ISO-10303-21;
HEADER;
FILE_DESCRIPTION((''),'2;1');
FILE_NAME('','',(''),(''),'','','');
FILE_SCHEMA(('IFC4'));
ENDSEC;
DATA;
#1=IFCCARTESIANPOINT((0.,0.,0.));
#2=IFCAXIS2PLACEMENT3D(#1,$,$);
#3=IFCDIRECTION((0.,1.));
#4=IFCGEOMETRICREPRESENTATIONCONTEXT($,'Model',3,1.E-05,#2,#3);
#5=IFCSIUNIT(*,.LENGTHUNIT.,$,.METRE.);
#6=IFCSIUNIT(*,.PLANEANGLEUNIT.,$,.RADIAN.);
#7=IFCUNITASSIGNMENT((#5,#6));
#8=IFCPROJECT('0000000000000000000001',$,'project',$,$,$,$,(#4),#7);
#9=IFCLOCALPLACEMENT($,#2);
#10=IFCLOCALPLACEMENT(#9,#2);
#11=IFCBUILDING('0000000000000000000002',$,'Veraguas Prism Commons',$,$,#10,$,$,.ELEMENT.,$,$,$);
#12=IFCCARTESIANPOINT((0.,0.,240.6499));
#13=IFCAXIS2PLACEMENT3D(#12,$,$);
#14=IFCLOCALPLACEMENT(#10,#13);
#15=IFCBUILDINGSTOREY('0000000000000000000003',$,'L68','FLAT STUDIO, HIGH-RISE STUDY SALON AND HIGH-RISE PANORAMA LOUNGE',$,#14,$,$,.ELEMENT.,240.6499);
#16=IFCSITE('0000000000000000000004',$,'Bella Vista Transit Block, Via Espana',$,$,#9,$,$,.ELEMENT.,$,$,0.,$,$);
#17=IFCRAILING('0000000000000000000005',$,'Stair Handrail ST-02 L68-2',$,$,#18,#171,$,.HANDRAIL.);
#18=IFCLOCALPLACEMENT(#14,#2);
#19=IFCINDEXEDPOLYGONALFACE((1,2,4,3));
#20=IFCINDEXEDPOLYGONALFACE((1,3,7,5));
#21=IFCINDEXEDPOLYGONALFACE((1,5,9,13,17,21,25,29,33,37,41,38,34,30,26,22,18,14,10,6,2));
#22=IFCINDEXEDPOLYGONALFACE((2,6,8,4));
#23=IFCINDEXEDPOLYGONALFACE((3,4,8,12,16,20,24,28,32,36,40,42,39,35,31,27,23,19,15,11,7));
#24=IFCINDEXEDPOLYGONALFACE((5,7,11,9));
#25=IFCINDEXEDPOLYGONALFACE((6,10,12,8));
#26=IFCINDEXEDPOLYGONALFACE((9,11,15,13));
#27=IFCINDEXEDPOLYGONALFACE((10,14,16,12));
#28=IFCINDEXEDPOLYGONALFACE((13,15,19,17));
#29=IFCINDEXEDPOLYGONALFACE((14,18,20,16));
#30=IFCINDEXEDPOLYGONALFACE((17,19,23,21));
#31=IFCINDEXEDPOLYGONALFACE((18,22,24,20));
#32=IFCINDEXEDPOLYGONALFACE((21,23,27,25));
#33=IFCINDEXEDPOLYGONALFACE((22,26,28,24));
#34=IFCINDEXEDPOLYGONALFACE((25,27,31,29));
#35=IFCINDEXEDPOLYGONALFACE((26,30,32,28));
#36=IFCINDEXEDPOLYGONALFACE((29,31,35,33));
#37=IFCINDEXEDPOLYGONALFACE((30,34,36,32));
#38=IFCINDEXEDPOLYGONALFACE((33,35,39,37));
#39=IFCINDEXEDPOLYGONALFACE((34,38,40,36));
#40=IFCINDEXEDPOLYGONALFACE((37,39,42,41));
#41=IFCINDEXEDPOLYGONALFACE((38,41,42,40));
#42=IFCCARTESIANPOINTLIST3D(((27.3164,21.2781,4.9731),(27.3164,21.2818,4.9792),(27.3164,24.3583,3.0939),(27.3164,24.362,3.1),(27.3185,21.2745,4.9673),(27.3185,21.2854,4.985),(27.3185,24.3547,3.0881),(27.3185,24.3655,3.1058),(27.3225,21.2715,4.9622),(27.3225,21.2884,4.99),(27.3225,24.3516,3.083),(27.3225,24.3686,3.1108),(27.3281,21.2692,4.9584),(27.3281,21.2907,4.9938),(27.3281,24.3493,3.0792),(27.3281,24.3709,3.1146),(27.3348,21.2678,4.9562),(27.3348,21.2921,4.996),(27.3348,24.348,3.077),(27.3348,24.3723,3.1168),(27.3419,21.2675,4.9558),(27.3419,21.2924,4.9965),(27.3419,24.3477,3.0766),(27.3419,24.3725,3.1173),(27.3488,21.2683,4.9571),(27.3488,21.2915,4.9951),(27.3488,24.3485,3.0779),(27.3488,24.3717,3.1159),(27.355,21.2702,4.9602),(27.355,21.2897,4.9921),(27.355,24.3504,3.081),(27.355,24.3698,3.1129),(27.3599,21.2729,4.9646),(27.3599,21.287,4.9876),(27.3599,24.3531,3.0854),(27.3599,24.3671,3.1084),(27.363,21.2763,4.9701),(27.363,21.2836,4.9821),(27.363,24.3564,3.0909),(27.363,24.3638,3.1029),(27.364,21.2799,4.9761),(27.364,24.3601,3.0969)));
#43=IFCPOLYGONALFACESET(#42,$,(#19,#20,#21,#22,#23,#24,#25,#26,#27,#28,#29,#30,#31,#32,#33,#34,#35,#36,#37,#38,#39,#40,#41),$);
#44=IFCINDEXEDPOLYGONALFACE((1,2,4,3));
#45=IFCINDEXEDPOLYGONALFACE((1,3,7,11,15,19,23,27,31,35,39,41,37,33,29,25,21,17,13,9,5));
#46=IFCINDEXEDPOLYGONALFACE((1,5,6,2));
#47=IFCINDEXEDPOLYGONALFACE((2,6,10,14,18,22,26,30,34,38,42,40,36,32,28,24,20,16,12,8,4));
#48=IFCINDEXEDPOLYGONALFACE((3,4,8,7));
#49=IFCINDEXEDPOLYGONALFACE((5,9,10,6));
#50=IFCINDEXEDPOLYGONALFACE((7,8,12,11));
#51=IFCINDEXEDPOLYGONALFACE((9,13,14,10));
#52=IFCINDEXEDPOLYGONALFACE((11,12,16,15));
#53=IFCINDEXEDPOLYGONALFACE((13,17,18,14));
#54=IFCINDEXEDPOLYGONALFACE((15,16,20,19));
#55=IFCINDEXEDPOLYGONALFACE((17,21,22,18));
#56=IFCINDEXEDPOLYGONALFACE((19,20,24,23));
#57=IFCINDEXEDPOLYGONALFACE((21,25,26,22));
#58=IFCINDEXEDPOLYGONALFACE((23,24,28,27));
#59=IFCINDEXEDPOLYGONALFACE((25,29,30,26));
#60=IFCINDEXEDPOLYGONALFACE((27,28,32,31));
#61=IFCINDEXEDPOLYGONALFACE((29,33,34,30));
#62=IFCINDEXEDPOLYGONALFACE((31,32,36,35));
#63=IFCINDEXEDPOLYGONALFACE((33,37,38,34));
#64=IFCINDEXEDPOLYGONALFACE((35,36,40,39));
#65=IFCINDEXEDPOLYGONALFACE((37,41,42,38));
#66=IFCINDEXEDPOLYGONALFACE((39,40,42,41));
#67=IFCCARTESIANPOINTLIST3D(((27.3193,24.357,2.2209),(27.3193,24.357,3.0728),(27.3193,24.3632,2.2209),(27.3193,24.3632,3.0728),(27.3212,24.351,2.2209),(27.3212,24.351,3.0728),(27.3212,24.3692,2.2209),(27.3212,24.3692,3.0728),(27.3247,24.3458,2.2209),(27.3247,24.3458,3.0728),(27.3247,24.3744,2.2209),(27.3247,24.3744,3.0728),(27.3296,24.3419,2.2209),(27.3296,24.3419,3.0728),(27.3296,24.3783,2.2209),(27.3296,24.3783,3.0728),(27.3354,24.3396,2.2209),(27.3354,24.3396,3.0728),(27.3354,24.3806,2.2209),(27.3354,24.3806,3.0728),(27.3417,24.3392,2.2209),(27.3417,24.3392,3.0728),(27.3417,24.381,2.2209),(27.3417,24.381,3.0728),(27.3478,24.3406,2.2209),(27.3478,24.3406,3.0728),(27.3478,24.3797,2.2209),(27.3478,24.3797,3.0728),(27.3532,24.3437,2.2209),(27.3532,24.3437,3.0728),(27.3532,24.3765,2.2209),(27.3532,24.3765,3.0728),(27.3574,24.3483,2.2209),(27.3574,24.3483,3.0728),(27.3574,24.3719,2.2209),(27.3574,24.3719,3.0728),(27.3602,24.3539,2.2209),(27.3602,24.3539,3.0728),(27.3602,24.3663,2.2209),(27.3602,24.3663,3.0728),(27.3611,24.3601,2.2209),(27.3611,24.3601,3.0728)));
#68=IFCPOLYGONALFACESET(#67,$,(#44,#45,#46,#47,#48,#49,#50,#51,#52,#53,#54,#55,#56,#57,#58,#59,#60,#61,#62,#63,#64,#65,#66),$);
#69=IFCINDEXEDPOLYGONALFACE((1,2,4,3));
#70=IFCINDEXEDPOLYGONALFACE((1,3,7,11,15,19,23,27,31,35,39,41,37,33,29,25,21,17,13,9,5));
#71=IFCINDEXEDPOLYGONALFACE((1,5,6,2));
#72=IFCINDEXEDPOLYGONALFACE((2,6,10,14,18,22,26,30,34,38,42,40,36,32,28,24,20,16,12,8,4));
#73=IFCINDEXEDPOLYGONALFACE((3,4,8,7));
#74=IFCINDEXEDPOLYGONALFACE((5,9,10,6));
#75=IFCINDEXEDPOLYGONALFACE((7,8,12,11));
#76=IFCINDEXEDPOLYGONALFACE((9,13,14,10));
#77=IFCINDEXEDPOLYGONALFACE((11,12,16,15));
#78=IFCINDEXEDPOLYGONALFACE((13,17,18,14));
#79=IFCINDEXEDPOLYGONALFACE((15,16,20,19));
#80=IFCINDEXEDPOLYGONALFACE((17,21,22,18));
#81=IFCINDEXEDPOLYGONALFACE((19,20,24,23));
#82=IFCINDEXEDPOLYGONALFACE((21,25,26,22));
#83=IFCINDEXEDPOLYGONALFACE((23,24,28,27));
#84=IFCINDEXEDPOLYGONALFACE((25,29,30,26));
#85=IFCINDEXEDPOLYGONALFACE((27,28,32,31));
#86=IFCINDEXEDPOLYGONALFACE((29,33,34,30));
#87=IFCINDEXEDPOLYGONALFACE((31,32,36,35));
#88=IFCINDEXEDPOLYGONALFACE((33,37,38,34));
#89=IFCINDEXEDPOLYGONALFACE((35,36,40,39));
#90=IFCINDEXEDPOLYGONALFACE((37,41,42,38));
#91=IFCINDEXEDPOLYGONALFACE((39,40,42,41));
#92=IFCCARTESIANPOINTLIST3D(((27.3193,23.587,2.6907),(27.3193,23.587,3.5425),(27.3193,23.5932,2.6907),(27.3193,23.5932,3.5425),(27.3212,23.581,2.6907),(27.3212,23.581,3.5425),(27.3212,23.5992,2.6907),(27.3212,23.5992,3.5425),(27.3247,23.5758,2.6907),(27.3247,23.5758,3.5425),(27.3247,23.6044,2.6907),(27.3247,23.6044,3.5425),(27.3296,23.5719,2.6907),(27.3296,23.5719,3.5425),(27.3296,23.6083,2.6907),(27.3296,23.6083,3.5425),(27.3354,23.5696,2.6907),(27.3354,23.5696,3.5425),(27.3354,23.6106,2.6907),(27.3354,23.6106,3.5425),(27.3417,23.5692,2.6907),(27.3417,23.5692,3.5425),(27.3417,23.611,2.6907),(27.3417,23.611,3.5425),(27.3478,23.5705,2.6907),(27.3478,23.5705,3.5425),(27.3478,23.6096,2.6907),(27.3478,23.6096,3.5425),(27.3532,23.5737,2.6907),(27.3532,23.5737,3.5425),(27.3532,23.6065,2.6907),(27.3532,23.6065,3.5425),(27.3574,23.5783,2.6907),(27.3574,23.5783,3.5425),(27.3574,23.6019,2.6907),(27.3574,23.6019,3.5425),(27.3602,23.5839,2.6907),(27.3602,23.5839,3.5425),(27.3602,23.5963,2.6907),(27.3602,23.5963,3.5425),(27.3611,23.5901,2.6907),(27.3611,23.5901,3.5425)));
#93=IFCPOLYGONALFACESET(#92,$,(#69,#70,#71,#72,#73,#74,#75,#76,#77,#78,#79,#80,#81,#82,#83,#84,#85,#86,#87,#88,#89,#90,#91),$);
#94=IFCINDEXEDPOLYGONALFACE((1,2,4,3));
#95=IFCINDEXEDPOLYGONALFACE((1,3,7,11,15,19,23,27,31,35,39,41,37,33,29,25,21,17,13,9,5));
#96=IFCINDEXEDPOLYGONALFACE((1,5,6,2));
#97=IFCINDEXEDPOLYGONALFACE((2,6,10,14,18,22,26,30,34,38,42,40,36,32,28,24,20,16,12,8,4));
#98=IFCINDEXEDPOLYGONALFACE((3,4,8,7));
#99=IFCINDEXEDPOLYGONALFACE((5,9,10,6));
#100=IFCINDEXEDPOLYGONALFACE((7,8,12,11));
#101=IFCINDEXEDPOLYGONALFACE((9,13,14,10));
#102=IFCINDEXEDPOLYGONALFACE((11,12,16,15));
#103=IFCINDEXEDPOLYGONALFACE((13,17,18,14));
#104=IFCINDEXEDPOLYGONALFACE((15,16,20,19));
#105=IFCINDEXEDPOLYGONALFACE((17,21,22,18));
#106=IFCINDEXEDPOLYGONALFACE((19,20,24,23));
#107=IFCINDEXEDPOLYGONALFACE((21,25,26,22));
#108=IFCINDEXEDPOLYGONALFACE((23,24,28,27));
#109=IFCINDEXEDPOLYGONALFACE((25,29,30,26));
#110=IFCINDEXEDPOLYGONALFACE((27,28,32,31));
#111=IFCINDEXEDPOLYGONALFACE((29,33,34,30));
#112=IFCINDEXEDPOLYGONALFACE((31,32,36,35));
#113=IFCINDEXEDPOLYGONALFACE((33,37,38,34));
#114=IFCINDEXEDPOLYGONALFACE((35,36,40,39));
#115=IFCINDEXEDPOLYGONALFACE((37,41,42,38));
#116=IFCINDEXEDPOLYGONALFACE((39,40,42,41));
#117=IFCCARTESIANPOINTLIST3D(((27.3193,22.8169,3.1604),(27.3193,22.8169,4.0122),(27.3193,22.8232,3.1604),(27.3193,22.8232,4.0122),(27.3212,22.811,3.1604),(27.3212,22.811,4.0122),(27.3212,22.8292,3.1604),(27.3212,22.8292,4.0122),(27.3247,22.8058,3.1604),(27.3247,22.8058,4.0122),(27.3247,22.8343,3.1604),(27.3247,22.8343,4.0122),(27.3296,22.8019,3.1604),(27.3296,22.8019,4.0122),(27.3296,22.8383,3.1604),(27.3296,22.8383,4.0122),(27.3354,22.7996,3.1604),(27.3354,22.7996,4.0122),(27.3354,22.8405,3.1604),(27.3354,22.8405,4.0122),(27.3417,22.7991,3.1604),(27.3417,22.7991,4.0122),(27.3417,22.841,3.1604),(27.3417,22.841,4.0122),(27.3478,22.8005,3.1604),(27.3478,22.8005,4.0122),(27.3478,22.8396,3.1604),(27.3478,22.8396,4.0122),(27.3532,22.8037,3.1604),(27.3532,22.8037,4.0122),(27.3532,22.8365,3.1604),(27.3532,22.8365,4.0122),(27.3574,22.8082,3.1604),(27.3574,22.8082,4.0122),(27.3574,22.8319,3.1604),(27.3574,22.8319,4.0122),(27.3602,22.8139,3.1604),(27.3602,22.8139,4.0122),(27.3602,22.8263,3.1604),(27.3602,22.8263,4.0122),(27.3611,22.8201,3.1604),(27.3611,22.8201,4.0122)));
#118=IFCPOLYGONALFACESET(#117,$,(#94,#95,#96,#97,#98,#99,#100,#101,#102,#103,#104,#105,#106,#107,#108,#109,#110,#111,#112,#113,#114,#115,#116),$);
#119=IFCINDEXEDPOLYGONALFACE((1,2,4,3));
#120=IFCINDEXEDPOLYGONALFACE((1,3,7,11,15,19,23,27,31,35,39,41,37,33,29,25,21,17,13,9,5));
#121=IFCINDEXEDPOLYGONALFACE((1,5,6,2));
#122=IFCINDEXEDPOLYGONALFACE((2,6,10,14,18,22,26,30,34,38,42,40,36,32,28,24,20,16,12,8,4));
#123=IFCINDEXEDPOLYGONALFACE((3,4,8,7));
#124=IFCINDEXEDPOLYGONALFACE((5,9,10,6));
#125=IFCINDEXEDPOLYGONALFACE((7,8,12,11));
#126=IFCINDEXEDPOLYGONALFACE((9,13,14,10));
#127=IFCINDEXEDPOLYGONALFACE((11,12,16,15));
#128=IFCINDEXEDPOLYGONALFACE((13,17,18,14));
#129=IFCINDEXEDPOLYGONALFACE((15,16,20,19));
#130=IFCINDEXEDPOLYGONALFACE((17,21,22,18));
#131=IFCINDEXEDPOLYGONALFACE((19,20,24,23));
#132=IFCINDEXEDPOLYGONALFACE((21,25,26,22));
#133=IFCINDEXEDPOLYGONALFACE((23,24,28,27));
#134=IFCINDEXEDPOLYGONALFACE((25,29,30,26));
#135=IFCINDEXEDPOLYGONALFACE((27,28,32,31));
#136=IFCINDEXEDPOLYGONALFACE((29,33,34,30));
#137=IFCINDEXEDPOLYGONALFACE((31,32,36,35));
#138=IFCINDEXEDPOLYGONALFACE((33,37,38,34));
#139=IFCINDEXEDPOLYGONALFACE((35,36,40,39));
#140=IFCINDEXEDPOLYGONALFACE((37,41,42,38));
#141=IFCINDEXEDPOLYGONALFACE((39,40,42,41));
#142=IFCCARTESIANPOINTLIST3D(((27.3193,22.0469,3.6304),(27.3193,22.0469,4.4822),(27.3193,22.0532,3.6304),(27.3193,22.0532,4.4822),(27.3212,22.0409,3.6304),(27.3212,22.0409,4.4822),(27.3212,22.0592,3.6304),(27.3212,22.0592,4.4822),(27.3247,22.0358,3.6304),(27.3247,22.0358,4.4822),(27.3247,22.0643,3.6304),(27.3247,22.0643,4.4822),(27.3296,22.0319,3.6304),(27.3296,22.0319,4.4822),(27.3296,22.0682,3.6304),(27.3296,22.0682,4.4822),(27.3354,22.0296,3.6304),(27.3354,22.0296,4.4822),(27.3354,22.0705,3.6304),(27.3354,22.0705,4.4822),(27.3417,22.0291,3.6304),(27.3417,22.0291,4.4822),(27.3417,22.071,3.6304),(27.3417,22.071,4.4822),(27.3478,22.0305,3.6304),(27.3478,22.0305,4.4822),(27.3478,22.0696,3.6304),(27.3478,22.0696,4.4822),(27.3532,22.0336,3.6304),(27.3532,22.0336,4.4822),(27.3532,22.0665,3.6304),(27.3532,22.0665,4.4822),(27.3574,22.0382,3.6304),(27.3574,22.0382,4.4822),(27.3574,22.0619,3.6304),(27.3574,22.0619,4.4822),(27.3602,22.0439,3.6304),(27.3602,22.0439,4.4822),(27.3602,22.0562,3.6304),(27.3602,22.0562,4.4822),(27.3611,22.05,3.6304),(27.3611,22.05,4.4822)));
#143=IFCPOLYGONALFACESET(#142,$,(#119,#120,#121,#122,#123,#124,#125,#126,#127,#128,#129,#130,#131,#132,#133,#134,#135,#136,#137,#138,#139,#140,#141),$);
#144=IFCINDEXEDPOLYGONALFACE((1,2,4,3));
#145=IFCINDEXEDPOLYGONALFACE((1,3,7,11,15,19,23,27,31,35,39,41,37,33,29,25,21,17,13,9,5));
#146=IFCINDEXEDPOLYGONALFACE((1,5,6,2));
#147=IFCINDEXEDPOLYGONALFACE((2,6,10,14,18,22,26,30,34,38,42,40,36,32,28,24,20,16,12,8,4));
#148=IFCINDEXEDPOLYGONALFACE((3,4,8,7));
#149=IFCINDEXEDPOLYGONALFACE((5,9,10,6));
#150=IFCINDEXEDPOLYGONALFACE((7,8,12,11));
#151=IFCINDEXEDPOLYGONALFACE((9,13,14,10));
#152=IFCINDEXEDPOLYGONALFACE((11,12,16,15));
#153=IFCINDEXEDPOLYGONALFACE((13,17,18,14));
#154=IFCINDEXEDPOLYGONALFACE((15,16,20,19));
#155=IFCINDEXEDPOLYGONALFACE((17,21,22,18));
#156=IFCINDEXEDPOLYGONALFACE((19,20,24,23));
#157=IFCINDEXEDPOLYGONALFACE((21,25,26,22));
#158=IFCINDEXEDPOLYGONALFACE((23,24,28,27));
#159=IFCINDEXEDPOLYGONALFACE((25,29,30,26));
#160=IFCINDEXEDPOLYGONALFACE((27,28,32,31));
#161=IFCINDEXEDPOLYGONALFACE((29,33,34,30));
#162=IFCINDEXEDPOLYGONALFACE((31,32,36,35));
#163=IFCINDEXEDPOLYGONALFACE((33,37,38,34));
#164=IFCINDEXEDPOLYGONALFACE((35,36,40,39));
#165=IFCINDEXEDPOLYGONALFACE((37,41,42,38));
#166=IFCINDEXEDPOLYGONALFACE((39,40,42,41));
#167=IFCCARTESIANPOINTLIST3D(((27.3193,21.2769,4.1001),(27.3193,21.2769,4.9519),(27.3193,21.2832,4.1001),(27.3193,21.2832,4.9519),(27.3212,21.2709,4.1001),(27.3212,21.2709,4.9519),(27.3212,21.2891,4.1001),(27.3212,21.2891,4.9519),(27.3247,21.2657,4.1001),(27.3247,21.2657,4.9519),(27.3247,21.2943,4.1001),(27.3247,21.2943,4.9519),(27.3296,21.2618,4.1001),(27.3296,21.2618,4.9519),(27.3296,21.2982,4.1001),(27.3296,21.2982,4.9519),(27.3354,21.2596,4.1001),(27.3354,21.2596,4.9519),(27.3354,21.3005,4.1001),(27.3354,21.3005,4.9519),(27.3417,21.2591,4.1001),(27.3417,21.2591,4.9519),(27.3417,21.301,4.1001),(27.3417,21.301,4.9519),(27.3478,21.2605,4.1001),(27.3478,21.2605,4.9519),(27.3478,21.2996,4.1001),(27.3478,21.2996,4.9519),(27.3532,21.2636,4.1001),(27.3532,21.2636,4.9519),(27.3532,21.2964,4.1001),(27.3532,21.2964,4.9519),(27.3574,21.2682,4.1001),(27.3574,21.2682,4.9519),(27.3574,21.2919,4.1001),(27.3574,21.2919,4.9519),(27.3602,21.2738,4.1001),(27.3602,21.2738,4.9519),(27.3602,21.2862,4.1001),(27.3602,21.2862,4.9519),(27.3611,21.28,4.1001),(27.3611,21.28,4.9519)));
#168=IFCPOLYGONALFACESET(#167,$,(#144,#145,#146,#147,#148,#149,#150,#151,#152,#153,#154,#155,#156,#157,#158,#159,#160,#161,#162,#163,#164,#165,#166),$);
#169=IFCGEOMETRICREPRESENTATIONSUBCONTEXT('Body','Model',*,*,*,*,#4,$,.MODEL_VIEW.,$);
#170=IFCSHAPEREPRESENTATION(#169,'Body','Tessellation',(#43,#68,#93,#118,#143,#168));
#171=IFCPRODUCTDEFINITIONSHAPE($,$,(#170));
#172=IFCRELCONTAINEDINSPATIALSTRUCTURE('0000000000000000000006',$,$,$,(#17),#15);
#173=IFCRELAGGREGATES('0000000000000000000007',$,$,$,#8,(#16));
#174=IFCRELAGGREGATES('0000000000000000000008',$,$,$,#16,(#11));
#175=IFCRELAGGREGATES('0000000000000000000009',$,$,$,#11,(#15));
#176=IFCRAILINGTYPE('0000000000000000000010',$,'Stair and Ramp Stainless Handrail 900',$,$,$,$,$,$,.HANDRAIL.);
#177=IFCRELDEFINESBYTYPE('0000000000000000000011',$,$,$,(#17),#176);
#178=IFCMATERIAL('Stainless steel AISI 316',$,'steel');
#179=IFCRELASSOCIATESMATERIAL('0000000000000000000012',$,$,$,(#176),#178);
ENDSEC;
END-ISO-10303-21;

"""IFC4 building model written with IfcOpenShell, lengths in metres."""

from ifc_helpers import new_model, si_unit, direction, frame, origin, origin_2d, place, context, subcontext, project, spatial, circle, extrude, material, type_object, element, save


model = new_model("IFC4")

# Units and contexts
model_context = context("Model", 3, precision=1e-05, world=origin(), true_north=direction((0.0, 1.0)))
body_context = subcontext(model_context, "Body", "Model", "MODEL_VIEW")
ifc_project = project(units=[si_unit("LENGTHUNIT", "METRE"), si_unit("PLANEANGLEUNIT", "RADIAN")], contexts=[model_context])

# Site, building, storey
site_placement = place(None, origin())
site = spatial("IfcSite", under=ifc_project, at=site_placement, Name="Bella Vista Transit Block, Via Espana", CompositionType="ELEMENT", RefElevation=0.0)
building_placement = place(site_placement, origin())
building = spatial("IfcBuilding", under=site, at=building_placement, Name="Veraguas Prism Commons", CompositionType="ELEMENT")
storey_placement = place(building_placement, frame((0.0, 0.0, 240.6499)))
storey = spatial("IfcBuildingStorey", under=building, at=storey_placement, Name="L68", Description="FLAT STUDIO, HIGH-RISE STUDY SALON AND HIGH-RISE PANORAMA LOUNGE", CompositionType="ELEMENT", Elevation=240.6499)

# Railing
ifc_material_1 = material(Name="Stainless steel AISI 316", Category="steel")
railing_type_1 = type_object("IfcRailingType", Name="Stair and Ramp Stainless Handrail 900", PredefinedType="HANDRAIL", material=ifc_material_1)
railing_1_placement = place(storey_placement, frame((27.3401, 24.3601, 2.2209)))
element("IfcRailing", 1, at=railing_1_placement, inside=storey, type_object=railing_type_1, Name="Stair Handrail ST-02 L68-2", PredefinedType="HANDRAIL", context=body_context, shape_type="SweptSolid", body=[
    extrude(circle(Radius=0.0239, at=origin_2d()), frame((0.0, 0.0, 0.876), z_axis=(0.0, -0.853666, 0.52082), x_axis=(1.0, 0.0, 0.0)), (0.0, 0.0, 1.0), 3.6082),
    extrude(circle(Radius=0.021, at=origin_2d()), origin(), (0.0, 0.0, 1.0), 0.8518),
    extrude(circle(Radius=0.021, at=origin_2d()), frame((0.0, -0.77, 0.4697)), (0.0, 0.0, 1.0), 0.8518),
    extrude(circle(Radius=0.021, at=origin_2d()), frame((0.0, -1.54, 0.9395)), (0.0, 0.0, 1.0), 0.8518),
    extrude(circle(Radius=0.021, at=origin_2d()), frame((0.0, -2.3101, 1.4094)), (0.0, 0.0, 1.0), 0.8518),
    extrude(circle(Radius=0.021, at=origin_2d()), frame((0.0, -3.0801, 1.8792)), (0.0, 0.0, 1.0), 0.8518),
])

save(model, "model.ifc")
